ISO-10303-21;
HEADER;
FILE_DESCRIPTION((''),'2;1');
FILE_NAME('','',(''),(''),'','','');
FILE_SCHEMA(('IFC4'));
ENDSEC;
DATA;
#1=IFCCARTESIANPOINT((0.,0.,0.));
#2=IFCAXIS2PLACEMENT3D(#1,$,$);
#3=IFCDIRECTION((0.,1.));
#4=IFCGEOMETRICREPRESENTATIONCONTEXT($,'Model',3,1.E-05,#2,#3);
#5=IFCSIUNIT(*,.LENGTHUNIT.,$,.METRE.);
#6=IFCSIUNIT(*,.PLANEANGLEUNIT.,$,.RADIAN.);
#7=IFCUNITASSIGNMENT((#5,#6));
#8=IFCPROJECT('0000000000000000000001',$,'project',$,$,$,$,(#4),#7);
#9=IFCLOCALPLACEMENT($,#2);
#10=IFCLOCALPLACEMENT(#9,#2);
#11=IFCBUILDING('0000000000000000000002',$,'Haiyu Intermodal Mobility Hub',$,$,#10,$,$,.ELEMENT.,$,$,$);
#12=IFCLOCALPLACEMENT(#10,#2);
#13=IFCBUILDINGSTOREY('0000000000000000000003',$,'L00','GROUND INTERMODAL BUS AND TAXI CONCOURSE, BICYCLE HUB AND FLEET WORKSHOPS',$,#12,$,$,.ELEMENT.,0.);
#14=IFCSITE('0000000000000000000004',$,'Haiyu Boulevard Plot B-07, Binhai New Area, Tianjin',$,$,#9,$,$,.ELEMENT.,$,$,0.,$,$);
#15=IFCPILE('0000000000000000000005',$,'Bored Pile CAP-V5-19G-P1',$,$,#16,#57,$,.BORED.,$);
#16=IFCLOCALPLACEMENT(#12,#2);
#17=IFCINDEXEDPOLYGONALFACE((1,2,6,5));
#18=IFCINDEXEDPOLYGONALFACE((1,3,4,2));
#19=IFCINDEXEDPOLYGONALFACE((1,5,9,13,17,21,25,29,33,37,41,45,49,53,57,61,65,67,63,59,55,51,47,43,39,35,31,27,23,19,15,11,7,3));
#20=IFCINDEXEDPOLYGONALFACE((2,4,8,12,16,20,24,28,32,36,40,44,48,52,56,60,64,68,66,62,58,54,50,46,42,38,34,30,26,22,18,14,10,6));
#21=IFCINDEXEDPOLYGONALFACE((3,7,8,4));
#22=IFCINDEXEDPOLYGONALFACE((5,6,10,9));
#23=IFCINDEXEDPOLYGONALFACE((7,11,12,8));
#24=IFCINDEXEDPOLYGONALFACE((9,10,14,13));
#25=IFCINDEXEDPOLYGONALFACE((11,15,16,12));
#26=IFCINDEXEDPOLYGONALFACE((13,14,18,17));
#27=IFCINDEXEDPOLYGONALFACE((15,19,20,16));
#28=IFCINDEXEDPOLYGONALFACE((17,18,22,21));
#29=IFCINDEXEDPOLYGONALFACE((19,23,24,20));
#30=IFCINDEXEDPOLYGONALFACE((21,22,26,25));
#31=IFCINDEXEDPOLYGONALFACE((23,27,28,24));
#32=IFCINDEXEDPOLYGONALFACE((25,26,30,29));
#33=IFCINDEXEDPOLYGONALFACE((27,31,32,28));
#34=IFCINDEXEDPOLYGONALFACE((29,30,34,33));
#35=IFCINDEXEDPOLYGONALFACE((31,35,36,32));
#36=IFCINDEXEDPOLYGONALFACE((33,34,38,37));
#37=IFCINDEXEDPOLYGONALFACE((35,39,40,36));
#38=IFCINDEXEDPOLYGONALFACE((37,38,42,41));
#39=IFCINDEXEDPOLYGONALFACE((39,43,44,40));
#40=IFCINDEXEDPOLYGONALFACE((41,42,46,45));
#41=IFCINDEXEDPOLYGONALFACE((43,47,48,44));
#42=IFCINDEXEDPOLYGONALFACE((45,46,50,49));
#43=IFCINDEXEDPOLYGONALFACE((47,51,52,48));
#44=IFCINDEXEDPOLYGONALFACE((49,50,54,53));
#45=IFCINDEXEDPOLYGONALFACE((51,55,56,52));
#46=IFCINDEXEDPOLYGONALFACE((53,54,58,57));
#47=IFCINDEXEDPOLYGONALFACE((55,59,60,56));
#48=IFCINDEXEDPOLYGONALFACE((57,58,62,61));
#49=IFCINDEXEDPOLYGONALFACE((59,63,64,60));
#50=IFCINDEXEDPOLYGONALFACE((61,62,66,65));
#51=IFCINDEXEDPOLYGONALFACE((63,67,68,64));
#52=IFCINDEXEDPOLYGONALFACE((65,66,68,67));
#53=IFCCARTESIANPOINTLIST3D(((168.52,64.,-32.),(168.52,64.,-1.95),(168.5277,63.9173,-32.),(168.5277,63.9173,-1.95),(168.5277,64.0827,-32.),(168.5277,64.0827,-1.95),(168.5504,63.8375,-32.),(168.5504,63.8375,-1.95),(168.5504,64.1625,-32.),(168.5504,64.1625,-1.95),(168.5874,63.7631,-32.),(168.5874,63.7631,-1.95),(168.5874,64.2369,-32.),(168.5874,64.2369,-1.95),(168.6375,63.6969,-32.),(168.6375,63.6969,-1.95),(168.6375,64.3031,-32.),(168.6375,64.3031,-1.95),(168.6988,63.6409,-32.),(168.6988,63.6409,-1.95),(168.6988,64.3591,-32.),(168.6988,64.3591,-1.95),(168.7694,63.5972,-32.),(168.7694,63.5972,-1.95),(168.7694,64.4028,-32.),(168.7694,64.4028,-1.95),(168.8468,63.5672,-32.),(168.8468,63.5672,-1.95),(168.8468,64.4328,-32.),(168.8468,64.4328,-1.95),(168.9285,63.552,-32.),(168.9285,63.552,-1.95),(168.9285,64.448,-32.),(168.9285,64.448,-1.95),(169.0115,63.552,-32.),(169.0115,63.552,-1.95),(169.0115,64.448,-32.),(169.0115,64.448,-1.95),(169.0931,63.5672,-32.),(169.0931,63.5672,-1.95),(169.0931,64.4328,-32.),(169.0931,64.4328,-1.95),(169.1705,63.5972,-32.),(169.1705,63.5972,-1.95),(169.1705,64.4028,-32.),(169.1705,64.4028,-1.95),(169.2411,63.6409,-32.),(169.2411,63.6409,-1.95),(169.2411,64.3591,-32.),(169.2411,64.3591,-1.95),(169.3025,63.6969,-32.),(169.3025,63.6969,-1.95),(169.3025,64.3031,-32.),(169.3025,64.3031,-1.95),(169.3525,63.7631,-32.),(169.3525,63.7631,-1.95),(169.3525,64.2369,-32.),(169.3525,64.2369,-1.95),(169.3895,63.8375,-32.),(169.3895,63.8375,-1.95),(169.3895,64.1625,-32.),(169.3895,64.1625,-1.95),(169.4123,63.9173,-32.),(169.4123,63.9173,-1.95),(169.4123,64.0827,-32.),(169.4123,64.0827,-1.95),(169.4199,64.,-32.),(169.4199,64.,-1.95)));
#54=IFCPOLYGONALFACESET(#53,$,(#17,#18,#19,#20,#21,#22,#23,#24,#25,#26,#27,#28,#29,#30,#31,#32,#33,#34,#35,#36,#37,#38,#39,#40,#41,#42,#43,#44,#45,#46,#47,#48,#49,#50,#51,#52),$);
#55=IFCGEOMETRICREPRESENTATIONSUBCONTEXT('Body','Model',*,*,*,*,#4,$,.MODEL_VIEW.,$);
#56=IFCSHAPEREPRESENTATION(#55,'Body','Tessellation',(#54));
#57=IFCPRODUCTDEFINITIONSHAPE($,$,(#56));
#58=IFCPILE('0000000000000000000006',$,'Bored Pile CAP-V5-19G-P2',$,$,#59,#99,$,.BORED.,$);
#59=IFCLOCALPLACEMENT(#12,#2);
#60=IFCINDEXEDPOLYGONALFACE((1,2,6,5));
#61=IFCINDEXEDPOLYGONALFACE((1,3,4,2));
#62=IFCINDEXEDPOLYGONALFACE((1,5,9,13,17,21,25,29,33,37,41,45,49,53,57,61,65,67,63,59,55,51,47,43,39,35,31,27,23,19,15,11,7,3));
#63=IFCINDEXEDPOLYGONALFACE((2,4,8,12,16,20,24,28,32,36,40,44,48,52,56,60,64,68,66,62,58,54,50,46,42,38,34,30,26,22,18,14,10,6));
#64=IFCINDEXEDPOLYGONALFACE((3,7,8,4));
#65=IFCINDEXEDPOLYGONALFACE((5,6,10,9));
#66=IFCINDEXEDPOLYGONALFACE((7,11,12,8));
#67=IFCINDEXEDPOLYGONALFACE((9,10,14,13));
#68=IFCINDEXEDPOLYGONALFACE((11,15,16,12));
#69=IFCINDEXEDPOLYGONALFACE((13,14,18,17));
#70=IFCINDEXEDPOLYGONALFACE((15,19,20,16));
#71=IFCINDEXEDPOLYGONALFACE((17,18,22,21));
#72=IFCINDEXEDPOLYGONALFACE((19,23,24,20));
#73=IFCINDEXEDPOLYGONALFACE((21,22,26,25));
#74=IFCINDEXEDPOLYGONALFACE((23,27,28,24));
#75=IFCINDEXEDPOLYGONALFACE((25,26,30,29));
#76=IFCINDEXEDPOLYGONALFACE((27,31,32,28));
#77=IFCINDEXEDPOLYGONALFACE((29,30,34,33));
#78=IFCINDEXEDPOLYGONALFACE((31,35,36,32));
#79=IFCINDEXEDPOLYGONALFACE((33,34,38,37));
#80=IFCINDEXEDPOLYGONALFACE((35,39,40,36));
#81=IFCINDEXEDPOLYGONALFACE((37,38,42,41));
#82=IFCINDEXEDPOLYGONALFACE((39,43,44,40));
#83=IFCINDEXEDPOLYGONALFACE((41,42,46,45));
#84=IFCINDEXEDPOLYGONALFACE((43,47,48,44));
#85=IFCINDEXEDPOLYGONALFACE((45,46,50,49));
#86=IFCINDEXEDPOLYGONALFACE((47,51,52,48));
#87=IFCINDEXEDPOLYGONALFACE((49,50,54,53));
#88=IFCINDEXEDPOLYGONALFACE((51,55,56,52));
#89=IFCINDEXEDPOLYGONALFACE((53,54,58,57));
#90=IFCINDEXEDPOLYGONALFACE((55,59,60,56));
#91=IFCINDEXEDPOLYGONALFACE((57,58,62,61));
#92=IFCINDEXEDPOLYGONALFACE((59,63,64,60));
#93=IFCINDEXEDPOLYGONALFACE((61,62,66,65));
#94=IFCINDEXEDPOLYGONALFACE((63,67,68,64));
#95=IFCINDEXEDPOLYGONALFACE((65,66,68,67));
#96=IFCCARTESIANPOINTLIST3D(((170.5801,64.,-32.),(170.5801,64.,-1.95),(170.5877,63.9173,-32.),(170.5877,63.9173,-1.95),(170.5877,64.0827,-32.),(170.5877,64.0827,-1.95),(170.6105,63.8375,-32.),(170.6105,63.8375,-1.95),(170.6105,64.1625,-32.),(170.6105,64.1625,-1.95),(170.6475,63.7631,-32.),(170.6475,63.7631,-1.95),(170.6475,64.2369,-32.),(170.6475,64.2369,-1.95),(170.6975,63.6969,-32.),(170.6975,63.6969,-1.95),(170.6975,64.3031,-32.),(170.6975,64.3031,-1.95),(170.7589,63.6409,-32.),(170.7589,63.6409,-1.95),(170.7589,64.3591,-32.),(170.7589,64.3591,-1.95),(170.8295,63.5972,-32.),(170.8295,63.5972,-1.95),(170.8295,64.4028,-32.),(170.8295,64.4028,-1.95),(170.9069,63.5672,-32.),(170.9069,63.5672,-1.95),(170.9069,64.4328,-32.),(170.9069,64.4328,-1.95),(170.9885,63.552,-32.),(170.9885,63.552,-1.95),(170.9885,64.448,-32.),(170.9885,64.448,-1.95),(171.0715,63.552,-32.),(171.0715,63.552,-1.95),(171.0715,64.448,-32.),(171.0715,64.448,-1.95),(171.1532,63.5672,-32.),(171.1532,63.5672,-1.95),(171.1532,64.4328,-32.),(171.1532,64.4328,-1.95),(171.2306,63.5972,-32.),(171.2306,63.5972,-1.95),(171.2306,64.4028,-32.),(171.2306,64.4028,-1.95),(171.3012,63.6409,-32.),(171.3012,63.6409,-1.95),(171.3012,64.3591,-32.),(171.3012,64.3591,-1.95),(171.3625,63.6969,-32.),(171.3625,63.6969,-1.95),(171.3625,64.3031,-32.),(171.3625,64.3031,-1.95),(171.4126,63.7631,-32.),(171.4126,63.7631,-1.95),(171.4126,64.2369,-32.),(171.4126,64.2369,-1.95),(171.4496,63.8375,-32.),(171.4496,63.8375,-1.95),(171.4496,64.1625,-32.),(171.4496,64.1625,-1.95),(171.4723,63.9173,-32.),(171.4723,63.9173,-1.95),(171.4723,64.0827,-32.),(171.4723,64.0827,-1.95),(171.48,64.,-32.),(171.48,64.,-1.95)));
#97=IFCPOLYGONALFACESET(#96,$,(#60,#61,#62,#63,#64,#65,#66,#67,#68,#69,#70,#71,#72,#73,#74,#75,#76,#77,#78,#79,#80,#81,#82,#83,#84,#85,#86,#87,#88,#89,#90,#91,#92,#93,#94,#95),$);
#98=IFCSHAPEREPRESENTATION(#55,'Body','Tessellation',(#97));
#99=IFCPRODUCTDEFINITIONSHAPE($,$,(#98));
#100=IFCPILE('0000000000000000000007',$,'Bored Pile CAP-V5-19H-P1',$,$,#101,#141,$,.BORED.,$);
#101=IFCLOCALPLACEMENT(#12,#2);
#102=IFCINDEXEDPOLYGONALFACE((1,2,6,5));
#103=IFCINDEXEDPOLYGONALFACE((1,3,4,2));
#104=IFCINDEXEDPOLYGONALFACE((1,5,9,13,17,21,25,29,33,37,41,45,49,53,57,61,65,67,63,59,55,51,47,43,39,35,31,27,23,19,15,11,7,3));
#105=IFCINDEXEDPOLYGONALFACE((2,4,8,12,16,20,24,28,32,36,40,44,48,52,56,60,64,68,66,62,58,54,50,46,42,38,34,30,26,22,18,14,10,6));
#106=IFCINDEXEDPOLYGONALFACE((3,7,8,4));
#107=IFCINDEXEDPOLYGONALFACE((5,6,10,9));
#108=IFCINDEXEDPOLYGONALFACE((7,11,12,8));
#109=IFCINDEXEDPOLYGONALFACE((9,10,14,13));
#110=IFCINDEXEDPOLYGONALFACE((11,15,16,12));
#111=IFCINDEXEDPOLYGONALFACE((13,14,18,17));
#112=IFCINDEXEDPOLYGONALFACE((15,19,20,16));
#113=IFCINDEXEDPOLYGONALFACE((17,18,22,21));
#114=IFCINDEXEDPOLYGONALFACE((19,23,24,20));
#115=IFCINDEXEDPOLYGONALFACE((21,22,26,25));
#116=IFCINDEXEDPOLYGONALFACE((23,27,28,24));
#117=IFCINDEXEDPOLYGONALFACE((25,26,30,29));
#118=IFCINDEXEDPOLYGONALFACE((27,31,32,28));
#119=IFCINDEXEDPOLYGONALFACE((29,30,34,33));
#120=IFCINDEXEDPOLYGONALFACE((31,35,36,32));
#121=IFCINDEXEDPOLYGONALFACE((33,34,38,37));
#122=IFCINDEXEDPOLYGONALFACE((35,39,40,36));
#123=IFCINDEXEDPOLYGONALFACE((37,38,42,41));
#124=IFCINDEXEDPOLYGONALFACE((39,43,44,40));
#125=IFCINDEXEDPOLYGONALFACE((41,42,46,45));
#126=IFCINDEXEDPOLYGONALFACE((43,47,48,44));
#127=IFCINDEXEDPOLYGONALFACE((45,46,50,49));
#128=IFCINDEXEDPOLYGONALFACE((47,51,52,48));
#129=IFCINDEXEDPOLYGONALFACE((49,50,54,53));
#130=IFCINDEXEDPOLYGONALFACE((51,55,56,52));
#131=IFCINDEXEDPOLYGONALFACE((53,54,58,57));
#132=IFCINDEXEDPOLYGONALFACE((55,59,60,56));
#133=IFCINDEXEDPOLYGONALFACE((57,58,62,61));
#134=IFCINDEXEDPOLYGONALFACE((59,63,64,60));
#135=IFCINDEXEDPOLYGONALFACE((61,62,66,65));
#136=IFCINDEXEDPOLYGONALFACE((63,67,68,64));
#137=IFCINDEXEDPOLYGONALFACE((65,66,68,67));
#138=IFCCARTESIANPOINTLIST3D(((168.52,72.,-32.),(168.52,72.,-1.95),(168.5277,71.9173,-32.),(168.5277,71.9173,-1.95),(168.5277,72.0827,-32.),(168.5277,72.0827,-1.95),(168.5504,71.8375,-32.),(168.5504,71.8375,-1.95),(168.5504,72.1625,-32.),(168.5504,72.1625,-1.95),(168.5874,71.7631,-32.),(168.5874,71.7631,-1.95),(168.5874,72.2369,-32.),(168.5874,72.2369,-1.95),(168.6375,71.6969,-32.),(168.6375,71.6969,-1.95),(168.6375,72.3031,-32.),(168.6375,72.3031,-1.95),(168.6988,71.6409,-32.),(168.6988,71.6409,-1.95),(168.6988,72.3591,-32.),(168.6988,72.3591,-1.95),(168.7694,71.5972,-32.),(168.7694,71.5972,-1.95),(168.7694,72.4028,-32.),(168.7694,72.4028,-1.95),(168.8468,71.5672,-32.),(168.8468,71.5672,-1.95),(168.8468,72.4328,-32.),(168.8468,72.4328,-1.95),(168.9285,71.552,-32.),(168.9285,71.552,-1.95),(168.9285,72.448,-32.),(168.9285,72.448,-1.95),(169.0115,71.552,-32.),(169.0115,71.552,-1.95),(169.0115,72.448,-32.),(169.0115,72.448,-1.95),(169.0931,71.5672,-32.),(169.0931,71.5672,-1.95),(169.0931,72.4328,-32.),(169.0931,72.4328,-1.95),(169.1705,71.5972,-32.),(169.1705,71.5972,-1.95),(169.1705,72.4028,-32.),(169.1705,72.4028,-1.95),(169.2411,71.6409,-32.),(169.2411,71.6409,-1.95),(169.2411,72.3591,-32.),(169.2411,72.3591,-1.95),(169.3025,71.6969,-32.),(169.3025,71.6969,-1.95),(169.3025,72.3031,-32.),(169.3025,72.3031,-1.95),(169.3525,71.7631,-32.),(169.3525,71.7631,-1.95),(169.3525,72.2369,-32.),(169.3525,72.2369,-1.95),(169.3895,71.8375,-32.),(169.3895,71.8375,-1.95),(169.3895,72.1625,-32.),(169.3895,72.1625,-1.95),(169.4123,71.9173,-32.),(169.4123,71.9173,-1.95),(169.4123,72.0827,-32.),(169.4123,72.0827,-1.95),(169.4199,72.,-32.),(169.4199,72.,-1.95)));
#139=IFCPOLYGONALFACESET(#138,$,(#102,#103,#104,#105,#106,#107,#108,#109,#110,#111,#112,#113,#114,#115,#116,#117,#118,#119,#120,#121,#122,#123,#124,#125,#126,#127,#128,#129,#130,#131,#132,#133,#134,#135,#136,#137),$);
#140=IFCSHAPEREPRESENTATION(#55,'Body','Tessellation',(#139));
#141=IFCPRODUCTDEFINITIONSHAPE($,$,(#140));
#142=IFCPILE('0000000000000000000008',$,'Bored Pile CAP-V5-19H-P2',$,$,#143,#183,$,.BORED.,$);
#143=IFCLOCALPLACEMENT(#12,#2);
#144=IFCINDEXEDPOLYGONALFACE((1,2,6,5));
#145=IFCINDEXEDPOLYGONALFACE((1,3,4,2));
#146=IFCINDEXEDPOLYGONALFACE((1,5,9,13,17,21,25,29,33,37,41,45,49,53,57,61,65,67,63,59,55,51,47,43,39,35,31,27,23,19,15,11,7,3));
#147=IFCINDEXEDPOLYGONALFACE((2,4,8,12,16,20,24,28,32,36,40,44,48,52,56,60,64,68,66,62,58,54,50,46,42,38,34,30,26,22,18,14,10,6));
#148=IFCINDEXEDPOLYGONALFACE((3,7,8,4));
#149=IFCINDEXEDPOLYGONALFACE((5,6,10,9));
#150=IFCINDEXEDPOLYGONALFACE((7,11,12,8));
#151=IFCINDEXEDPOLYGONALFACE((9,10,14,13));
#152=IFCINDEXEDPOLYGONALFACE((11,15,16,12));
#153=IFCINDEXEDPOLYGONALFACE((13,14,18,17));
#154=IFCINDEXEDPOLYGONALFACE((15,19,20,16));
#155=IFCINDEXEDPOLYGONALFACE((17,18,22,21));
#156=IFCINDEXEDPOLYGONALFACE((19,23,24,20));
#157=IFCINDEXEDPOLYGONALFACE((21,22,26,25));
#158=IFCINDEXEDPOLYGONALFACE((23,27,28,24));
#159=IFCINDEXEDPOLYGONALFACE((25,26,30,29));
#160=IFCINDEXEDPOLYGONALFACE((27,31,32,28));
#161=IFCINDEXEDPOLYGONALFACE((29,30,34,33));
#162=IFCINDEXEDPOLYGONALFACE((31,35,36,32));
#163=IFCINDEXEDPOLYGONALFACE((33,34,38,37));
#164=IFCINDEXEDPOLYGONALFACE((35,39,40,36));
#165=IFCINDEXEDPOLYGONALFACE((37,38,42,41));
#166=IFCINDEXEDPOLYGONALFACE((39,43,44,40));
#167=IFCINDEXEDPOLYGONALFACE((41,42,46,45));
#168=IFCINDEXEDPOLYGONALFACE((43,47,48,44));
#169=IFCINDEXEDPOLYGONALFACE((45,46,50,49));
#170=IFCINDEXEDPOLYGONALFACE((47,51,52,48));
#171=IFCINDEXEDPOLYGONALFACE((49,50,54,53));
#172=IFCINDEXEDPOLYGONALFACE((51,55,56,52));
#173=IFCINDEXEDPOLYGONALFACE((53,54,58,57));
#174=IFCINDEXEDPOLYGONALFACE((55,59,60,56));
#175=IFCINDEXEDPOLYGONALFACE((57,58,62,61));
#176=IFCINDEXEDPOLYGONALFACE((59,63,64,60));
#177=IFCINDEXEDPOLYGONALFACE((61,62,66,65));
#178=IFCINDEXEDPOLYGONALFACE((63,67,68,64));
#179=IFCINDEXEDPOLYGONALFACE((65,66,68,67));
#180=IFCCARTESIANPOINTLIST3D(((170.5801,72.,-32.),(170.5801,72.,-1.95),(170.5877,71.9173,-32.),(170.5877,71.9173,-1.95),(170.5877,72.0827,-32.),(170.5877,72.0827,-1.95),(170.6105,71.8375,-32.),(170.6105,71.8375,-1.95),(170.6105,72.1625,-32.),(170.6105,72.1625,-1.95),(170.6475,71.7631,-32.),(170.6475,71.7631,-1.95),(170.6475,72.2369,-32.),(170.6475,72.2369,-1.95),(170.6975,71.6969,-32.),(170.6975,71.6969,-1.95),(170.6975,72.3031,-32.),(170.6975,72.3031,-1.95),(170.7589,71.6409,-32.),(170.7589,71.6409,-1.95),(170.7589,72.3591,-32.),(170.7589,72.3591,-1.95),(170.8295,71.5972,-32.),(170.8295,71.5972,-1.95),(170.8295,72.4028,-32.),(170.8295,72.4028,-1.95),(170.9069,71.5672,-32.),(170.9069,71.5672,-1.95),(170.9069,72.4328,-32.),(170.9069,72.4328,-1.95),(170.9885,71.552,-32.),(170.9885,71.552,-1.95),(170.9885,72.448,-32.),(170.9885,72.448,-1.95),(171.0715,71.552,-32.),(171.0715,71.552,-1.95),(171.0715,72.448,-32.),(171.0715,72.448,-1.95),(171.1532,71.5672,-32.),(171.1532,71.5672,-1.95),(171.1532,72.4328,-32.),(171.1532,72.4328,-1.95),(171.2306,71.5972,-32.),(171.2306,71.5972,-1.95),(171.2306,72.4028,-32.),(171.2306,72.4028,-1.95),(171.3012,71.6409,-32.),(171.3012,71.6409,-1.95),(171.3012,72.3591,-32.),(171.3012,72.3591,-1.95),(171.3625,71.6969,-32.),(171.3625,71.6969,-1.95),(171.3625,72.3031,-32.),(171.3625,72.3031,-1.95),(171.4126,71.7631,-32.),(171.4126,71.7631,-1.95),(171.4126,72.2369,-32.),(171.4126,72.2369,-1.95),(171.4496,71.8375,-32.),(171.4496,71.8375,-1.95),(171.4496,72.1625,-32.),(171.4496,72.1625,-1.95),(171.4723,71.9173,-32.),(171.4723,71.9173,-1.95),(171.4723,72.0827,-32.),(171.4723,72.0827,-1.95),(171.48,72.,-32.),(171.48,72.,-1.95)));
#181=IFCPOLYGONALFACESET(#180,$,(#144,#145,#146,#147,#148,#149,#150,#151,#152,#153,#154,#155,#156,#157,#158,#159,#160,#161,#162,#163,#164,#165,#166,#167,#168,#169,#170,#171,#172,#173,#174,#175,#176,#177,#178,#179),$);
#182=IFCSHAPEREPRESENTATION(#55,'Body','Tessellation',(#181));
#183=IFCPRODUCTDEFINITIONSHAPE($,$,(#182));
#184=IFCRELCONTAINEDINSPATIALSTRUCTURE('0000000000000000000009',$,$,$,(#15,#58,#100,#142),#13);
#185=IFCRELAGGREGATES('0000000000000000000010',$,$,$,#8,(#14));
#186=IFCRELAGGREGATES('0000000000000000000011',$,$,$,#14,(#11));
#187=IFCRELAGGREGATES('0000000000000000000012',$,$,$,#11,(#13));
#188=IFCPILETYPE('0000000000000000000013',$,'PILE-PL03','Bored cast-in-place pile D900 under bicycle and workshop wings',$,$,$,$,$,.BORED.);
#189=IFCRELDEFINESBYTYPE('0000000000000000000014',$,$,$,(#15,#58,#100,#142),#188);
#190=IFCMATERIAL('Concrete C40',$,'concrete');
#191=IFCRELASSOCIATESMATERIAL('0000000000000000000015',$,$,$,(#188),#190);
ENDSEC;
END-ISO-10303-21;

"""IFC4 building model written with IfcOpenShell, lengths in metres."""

from ifc_helpers import new_model, si_unit, direction, frame, origin, origin_2d, place, context, subcontext, project, spatial, circle, extrude, material, material_profile, profile_set, type_object, element, save


model = new_model("IFC4")

# Units and contexts
model_context = context("Model", 3, precision=1e-05, world=origin(), true_north=direction((0.0, 1.0)))
body_context = subcontext(model_context, "Body", "Model", "MODEL_VIEW")
ifc_project = project(units=[si_unit("LENGTHUNIT", "METRE"), si_unit("PLANEANGLEUNIT", "RADIAN")], contexts=[model_context])

# Site, building, storey
site_placement = place(None, origin())
site = spatial("IfcSite", under=ifc_project, at=site_placement, Name="Haiyu Boulevard Plot B-07, Binhai New Area, Tianjin", CompositionType="ELEMENT", RefElevation=0.0)
building_placement = place(site_placement, origin())
building = spatial("IfcBuilding", under=site, at=building_placement, Name="Haiyu Intermodal Mobility Hub", CompositionType="ELEMENT")
storey_placement = place(building_placement, origin())
storey = spatial("IfcBuildingStorey", under=building, at=storey_placement, Name="L00", Description="GROUND INTERMODAL BUS AND TAXI CONCOURSE, BICYCLE HUB AND FLEET WORKSHOPS", CompositionType="ELEMENT", Elevation=0.0)

# Shared definitions
ifc_material_1 = material(Name="Concrete C40", Category="concrete")

# Piles
ifc_material_profile_1 = material_profile(ifc_material_1, circle(Radius=0.45, at=origin_2d()), Name="PILE-D900")
ifc_profile_set_1 = profile_set([ifc_material_profile_1], Name="Concrete C40")
pile_type_1 = type_object("IfcPileType", Name="PILE-PL03", Description="Bored cast-in-place pile D900 under bicycle and workshop wings", PredefinedType="BORED", material=ifc_profile_set_1)
for number, where, z_axis, x_axis, name in (
    (1, (168.97, 64.0, -1.95), (0.0, 0.0, -1.0), (1.0, 0.0, 0.0), "Bored Pile CAP-V5-19G-P1"),
    (2, (171.03, 64.0, -1.95), (0.0, 0.0, -1.0), (1.0, 0.0, 0.0), "Bored Pile CAP-V5-19G-P2"),
    (3, (168.97, 72.0, -1.95), (0.0, 0.0, -1.0), (1.0, 0.0, 0.0), "Bored Pile CAP-V5-19H-P1"),
    (4, (171.03, 72.0, -1.95), (0.0, 0.0, -1.0), (1.0, 0.0, 0.0), "Bored Pile CAP-V5-19H-P2"),
):
    element("IfcPile", number, at=place(storey_placement, frame(where, z_axis=z_axis, x_axis=x_axis)), inside=storey, type_object=pile_type_1, Name=name, PredefinedType="BORED", context=body_context, shape_type="SweptSolid", body=[
        extrude(circle(Radius=0.45, at=origin_2d()), origin(), (0.0, 0.0, 1.0), 30.05),
    ])

save(model, "model.ifc")
